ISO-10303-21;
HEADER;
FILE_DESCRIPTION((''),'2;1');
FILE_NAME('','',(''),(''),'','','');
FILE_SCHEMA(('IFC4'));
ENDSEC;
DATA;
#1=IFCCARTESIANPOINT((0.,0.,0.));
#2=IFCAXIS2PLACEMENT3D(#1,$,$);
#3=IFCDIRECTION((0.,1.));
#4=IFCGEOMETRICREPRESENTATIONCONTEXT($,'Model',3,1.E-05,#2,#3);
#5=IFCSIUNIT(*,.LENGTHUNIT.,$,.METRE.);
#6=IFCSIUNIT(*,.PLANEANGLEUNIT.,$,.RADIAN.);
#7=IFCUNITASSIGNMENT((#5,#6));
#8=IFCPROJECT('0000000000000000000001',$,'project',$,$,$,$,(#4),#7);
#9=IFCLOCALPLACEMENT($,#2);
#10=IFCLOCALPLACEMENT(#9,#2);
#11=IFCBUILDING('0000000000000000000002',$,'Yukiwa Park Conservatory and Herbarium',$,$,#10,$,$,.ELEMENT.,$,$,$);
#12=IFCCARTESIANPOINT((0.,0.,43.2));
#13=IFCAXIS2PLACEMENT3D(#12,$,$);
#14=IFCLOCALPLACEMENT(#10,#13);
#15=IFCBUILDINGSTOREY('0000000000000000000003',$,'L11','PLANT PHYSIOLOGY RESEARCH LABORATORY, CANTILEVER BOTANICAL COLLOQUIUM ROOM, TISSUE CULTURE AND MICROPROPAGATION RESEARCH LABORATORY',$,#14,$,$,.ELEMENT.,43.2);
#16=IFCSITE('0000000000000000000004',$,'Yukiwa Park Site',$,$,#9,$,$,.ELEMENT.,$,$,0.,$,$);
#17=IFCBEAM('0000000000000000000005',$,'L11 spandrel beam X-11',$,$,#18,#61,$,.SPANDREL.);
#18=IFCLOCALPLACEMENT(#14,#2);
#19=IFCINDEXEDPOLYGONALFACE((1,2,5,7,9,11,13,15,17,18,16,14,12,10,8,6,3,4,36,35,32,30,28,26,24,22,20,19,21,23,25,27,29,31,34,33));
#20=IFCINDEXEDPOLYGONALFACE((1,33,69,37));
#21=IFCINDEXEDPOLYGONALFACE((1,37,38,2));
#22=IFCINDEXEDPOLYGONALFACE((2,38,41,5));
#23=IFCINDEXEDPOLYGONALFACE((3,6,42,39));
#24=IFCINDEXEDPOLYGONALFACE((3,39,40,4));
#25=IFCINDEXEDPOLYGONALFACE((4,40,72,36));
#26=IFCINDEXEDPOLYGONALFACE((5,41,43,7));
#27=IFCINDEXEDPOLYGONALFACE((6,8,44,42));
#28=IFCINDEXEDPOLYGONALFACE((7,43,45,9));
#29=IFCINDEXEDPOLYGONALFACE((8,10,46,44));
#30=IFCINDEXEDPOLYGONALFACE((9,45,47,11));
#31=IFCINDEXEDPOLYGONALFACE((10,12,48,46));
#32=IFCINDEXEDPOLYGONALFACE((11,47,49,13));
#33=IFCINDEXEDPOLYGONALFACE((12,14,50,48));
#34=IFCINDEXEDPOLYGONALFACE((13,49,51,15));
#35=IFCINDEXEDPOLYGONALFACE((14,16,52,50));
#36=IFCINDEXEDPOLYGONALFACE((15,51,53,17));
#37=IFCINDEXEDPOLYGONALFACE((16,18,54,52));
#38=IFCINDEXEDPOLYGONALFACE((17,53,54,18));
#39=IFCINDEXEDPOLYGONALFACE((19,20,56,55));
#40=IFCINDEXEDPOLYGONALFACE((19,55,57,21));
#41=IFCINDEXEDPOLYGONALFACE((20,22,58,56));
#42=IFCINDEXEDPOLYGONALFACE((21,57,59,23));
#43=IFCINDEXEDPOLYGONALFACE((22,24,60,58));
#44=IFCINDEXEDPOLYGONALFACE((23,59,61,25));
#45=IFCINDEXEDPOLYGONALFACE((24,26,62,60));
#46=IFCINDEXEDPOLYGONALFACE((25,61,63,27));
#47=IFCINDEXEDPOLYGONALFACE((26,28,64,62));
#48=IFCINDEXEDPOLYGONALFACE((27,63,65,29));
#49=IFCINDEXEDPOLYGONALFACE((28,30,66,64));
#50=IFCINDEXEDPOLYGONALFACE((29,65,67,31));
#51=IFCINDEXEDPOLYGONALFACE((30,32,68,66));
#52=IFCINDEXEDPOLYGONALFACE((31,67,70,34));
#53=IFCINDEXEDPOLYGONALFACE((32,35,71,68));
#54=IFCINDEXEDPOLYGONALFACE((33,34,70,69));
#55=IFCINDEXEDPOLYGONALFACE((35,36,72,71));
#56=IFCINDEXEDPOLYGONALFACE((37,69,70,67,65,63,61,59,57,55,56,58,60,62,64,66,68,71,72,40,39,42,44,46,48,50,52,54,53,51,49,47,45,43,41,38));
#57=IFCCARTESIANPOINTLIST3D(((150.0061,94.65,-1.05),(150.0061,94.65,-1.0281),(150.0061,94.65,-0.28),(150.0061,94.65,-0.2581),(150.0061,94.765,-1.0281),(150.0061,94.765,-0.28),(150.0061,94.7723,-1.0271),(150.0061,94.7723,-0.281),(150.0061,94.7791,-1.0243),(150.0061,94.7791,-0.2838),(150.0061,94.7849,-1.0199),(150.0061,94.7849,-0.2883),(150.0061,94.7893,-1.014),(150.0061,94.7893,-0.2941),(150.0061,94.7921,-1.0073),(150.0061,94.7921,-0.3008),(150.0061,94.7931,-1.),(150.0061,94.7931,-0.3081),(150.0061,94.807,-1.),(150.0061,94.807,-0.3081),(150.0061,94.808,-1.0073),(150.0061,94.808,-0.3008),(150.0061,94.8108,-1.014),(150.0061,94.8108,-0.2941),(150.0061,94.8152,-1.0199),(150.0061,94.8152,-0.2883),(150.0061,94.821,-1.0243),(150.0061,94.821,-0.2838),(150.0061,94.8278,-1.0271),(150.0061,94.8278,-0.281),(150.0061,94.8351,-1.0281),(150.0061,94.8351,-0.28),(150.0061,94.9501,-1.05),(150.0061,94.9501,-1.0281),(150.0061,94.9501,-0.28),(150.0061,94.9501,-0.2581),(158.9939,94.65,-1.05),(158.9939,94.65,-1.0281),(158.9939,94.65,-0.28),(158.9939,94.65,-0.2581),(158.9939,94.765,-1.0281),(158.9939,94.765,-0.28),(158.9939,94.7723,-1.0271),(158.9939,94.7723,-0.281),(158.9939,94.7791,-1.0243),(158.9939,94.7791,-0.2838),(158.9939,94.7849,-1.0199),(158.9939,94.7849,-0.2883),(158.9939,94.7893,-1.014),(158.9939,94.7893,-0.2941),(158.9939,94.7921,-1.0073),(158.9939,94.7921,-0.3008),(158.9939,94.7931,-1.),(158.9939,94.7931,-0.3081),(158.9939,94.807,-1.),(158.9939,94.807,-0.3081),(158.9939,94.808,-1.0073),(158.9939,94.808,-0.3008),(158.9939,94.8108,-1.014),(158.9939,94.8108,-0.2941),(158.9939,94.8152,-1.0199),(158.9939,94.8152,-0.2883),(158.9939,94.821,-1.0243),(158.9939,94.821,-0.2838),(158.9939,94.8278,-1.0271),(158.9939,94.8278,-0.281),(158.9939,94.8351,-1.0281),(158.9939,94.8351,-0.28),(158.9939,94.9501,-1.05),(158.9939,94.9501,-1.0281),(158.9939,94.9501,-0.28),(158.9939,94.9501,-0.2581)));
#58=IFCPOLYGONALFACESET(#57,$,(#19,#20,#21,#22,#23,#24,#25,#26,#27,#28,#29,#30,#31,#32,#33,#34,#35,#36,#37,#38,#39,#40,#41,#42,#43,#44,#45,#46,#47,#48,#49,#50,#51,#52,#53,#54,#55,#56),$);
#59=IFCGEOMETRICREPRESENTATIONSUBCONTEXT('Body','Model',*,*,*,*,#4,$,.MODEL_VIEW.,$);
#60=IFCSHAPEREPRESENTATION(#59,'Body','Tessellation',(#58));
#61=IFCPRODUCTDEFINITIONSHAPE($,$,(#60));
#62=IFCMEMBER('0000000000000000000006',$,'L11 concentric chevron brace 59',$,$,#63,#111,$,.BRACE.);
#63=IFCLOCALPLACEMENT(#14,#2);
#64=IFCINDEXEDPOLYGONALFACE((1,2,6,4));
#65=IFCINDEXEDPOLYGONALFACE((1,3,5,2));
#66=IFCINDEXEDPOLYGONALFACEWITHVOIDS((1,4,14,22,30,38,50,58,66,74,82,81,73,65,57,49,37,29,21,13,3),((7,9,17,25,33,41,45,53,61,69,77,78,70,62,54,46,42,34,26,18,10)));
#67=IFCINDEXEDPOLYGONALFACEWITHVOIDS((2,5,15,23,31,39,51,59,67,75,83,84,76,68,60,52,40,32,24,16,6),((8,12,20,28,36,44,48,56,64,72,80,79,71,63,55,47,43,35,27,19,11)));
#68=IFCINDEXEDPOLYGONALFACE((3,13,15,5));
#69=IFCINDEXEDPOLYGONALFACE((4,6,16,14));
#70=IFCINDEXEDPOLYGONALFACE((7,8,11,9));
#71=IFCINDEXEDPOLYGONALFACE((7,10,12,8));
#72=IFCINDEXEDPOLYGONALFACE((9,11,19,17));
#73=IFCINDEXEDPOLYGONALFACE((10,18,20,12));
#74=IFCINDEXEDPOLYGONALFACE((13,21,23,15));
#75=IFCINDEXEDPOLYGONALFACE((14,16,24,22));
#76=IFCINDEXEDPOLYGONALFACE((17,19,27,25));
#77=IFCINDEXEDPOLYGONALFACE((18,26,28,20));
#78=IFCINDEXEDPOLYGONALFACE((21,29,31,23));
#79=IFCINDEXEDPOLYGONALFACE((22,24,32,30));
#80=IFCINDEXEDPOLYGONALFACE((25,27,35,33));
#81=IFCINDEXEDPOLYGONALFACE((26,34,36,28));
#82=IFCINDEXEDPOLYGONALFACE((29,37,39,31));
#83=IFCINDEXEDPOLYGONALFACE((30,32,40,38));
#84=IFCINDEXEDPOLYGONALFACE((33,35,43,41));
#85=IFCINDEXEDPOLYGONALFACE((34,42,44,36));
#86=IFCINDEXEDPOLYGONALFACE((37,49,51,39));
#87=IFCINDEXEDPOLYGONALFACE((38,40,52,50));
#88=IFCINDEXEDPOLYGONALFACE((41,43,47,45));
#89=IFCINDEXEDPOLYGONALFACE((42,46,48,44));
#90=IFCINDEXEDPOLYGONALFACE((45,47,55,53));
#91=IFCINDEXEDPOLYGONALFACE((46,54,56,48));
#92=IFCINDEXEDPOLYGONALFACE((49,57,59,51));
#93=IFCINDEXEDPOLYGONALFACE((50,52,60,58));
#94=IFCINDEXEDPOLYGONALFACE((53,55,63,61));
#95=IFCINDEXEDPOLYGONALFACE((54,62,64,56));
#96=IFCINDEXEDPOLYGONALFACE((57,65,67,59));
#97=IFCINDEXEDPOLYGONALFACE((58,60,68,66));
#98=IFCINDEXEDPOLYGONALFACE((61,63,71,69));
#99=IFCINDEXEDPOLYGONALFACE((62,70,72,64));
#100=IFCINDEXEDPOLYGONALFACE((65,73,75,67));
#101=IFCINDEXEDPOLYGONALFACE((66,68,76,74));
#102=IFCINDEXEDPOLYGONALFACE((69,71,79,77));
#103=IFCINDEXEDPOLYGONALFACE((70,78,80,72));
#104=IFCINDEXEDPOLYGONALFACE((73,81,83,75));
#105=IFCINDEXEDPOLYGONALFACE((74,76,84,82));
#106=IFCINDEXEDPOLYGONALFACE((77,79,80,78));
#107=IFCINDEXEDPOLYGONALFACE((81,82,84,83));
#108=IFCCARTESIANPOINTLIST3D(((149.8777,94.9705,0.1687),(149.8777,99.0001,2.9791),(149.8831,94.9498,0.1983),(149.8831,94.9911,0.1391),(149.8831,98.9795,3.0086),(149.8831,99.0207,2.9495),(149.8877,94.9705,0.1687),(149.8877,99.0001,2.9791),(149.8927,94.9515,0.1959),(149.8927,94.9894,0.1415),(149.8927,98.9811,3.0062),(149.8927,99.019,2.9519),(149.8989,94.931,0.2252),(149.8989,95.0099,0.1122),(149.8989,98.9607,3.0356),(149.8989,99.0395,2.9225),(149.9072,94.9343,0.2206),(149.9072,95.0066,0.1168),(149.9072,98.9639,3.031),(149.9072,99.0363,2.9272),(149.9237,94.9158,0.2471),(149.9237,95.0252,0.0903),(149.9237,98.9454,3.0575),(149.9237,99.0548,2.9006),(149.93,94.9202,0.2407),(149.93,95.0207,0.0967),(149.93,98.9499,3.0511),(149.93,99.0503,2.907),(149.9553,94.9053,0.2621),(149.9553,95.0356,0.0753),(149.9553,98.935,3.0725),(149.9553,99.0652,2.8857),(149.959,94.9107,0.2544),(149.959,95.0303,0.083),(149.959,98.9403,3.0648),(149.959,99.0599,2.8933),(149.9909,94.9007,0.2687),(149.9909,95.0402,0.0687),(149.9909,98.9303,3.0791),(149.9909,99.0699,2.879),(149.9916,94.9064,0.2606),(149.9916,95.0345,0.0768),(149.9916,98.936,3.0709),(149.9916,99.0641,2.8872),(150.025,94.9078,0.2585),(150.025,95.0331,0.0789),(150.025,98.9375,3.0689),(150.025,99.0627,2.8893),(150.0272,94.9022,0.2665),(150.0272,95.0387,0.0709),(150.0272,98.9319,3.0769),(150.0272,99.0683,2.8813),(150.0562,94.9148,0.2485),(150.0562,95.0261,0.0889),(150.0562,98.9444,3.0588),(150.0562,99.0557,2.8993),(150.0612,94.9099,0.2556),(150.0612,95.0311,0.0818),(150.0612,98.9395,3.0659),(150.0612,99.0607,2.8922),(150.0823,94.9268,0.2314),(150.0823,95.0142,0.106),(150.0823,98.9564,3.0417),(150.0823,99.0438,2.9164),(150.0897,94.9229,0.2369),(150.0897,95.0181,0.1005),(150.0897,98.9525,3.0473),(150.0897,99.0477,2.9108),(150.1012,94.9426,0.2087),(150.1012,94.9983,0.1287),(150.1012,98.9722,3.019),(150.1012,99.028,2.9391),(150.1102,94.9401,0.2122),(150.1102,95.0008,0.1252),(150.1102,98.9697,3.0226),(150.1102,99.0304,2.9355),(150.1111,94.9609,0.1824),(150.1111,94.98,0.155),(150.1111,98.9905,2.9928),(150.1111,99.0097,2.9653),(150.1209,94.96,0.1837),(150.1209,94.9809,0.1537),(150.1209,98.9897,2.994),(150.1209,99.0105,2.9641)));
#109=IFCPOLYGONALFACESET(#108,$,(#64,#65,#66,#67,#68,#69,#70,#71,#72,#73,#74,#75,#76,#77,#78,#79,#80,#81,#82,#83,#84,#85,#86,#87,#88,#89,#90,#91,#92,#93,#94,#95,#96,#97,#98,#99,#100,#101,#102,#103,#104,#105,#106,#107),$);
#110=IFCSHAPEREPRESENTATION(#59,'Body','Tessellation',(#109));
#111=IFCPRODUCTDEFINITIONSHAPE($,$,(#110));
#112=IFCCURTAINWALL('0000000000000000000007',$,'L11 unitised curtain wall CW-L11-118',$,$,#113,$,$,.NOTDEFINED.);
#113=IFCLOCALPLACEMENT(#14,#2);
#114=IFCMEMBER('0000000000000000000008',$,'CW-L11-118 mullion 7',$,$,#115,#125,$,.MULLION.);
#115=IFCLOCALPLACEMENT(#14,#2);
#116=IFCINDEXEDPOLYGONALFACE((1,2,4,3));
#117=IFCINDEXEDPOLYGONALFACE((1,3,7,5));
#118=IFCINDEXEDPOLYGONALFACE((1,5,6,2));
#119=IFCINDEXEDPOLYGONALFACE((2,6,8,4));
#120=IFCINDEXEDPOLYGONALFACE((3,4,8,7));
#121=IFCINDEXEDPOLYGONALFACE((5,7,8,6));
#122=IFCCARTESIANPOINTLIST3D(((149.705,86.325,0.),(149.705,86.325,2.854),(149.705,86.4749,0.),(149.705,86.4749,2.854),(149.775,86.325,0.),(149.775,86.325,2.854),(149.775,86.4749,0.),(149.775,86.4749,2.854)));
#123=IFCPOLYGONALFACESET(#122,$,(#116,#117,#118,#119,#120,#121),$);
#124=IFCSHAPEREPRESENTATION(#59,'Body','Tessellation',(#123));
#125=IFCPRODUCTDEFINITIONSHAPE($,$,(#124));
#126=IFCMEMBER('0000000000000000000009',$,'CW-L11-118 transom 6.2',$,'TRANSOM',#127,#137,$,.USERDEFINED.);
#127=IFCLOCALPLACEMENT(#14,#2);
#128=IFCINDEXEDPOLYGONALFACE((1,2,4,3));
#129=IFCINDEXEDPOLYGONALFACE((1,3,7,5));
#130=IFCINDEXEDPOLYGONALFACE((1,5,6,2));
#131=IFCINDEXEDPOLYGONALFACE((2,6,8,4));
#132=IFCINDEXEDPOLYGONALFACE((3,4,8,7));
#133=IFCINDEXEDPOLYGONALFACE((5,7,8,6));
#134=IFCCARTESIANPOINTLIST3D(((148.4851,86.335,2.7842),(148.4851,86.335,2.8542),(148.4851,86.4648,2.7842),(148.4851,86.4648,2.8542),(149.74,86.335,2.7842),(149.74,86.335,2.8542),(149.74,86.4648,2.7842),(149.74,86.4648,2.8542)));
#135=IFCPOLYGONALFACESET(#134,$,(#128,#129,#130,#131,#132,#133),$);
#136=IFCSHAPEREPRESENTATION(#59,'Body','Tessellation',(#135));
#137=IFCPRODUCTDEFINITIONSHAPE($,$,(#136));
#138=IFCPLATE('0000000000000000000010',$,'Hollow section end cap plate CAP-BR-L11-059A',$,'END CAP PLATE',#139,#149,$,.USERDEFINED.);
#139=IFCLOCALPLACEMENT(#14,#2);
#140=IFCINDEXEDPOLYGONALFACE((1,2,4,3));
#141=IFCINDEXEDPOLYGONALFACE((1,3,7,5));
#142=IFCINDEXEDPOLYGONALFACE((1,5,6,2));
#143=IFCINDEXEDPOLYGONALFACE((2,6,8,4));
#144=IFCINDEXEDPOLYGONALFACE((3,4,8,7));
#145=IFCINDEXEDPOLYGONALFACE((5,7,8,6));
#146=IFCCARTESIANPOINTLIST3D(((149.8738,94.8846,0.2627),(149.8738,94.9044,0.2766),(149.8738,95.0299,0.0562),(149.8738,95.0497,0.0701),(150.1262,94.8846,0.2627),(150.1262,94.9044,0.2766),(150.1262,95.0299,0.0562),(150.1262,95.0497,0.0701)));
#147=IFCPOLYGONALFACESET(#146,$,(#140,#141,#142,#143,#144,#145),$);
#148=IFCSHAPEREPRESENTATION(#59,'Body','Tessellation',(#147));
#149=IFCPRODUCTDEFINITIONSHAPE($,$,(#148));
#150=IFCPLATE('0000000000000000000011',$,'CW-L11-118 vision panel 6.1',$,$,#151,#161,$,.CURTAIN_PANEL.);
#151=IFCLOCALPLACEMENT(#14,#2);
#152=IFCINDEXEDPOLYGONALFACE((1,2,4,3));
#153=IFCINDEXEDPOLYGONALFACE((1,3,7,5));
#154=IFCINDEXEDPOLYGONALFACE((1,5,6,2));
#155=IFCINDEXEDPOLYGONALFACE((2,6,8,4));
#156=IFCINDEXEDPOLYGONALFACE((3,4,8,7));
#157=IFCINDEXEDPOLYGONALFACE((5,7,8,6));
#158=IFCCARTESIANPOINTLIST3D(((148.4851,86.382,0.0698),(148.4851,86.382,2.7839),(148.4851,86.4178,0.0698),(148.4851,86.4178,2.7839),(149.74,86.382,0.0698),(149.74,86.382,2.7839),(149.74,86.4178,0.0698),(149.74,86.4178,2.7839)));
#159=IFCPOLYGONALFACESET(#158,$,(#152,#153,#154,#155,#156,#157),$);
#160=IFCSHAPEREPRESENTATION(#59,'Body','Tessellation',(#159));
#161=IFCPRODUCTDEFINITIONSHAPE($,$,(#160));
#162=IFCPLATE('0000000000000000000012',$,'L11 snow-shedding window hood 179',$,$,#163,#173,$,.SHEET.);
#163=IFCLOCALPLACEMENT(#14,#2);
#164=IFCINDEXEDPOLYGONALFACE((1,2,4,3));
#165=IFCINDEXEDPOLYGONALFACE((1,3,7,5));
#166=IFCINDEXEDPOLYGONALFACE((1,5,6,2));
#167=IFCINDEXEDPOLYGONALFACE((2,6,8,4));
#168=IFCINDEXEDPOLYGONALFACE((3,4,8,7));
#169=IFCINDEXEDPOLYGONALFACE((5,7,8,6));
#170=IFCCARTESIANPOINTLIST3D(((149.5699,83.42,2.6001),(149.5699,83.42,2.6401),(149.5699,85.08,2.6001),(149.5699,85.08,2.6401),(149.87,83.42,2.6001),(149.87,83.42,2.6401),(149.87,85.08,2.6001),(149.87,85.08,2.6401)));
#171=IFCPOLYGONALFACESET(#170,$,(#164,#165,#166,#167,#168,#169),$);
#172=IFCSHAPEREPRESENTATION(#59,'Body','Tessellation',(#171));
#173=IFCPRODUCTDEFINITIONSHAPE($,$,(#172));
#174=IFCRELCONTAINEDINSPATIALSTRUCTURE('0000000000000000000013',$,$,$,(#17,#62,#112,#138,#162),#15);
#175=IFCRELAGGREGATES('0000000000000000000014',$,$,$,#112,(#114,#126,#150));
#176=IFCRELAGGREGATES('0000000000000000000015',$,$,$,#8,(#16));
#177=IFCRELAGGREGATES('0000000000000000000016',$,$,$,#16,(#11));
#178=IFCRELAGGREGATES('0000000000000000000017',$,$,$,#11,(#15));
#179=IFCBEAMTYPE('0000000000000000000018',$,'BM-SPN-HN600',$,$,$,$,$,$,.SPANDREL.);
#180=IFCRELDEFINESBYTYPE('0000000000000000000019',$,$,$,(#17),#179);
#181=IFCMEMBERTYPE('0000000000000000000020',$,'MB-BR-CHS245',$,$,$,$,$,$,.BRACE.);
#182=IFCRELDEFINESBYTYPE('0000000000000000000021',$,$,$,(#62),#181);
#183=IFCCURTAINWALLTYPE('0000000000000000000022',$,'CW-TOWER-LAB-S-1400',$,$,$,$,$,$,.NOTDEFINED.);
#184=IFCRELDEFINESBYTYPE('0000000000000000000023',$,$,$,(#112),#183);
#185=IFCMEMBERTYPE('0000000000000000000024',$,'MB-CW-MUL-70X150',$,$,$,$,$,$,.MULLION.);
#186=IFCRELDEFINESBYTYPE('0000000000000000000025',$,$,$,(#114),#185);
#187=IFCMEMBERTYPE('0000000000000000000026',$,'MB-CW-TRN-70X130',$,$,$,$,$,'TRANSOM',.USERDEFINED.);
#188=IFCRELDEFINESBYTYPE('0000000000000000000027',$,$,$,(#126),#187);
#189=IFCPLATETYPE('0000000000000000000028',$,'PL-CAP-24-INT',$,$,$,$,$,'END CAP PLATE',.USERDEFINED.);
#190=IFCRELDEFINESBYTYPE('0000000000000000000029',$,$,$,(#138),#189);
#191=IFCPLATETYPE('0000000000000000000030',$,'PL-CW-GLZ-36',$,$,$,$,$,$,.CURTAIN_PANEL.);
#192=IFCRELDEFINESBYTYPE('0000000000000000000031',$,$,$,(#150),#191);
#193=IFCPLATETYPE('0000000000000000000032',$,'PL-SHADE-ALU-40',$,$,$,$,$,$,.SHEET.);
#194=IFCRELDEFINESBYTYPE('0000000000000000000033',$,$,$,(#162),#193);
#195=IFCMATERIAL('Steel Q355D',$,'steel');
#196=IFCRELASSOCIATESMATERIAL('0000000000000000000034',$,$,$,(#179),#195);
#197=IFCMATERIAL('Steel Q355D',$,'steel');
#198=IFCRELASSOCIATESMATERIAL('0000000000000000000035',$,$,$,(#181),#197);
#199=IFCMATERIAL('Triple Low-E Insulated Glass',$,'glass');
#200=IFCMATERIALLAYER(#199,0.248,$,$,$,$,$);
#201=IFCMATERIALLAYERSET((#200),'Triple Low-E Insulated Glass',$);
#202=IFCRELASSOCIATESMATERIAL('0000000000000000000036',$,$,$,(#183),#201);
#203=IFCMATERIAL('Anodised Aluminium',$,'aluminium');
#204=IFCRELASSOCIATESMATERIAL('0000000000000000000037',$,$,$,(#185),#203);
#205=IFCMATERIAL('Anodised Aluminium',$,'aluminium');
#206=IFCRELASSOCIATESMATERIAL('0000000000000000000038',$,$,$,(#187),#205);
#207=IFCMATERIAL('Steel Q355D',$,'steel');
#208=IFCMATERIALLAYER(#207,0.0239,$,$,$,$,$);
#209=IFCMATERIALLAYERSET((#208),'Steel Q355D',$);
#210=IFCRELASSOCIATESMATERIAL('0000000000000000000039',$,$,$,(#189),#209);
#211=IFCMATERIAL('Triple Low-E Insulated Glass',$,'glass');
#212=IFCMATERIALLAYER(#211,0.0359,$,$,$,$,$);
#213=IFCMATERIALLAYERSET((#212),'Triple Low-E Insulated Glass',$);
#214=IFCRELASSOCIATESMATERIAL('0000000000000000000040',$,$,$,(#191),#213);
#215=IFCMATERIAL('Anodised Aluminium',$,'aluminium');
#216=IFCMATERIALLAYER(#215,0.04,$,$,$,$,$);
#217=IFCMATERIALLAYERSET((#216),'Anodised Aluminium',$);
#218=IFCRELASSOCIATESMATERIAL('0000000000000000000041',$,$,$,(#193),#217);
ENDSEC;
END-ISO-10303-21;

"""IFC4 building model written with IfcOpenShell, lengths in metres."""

from ifc_helpers import new_model, si_unit, direction, frame, origin, origin_2d, place, context, subcontext, project, spatial, rectangle, hollow_circle, i_section, extrude, material, layer, layer_set, material_profile, profile_set, type_object, element, aggregate, save


model = new_model("IFC4")

# Units and contexts
model_context = context("Model", 3, precision=1e-05, world=origin(), true_north=direction((0.0, 1.0)))
body_context = subcontext(model_context, "Body", "Model", "MODEL_VIEW")
ifc_project = project(units=[si_unit("LENGTHUNIT", "METRE"), si_unit("PLANEANGLEUNIT", "RADIAN")], contexts=[model_context])

# Site, building, storey
site_placement = place(None, origin())
site = spatial("IfcSite", under=ifc_project, at=site_placement, Name="Yukiwa Park Site", CompositionType="ELEMENT", RefElevation=0.0)
building_placement = place(site_placement, origin())
building = spatial("IfcBuilding", under=site, at=building_placement, Name="Yukiwa Park Conservatory and Herbarium", CompositionType="ELEMENT")
storey_placement = place(building_placement, frame((0.0, 0.0, 43.2)))
storey = spatial("IfcBuildingStorey", under=building, at=storey_placement, Name="L11", Description="PLANT PHYSIOLOGY RESEARCH LABORATORY, CANTILEVER BOTANICAL COLLOQUIUM ROOM, TISSUE CULTURE AND MICROPROPAGATION RESEARCH LABORATORY", CompositionType="ELEMENT", Elevation=43.2)

# Beam
ifc_material_1 = material(Name="Steel Q355D", Category="steel")
ifc_material_profile_1 = material_profile(ifc_material_1, i_section(OverallWidth=0.3, OverallDepth=0.792, WebThickness=0.0139, FlangeThickness=0.022, FilletRadius=0.0281, at=origin_2d()), Name="HN 792x300x14x22")
ifc_profile_set_1 = profile_set([ifc_material_profile_1], Name="Steel Q355D")
beam_type_1 = type_object("IfcBeamType", Name="BM-SPN-HN600", PredefinedType="SPANDREL", material=ifc_profile_set_1)
for number, where, z_axis, x_axis, name in (
    (1, (150.0061, 94.8, -0.6541), (1.0, 0.0, 0.0), (0.0, 1.0, 0.0), "L11 spandrel beam X-11"),
):
    element("IfcBeam", number, at=place(storey_placement, frame(where, z_axis=z_axis, x_axis=x_axis)), inside=storey, type_object=beam_type_1, Name=name, PredefinedType="SPANDREL", context=body_context, shape_type="SweptSolid", body=[
        extrude(i_section(OverallWidth=0.3, OverallDepth=0.792, WebThickness=0.0139, FlangeThickness=0.022, FilletRadius=0.0281, at=origin_2d()), origin(), (0.0, 0.0, 1.0), 8.9878),
    ])

# Member
ifc_material_2 = material(Name="Steel Q355D", Category="steel")
ifc_material_profile_2 = material_profile(ifc_material_2, hollow_circle(Radius=0.1223, WallThickness=0.01, at=origin_2d()), Name="CHS 244.5x10")
ifc_profile_set_2 = profile_set([ifc_material_profile_2], Name="Steel Q355D")
member_type_1 = type_object("IfcMemberType", Name="MB-BR-CHS245", PredefinedType="BRACE", material=ifc_profile_set_2)
member_1_placement = place(storey_placement, frame((150.0, 94.9705, 0.1687), z_axis=(0.0, 0.820223, 0.572044), x_axis=(-1.0, 0.0, 0.0)))
element("IfcMember", 2, at=member_1_placement, inside=storey, type_object=member_type_1, Name="L11 concentric chevron brace 59", PredefinedType="BRACE", context=body_context, shape_type="SweptSolid", body=[
    extrude(hollow_circle(Radius=0.1223, WallThickness=0.01, at=origin_2d()), origin(), (0.0, 0.0, 1.0), 4.9128),
])

# Curtain wall, members
ifc_material_3 = material(Name="Triple Low-E Insulated Glass", Category="glass")
ifc_layer_1 = layer(ifc_material_3, 0.248)
ifc_layer_set_1 = layer_set([ifc_layer_1], Name="Triple Low-E Insulated Glass")
curtain_wall_type = type_object("IfcCurtainWallType", Name="CW-TOWER-LAB-S-1400", PredefinedType="NOTDEFINED", material=ifc_layer_set_1)
curtain_wall_placement = place(storey_placement, origin())
curtain_wall = element("IfcCurtainWall", 3, at=curtain_wall_placement, inside=storey, type_object=curtain_wall_type, Name="L11 unitised curtain wall CW-L11-118", PredefinedType="NOTDEFINED")
ifc_material_4 = material(Name="Anodised Aluminium", Category="aluminium")
member_type_2 = type_object("IfcMemberType", Name="MB-CW-MUL-70X150", PredefinedType="MULLION", material=ifc_material_4)
member_2_placement = place(storey_placement, frame((149.74, 86.3999, 0.0), z_axis=(0.0, 0.0, 1.0), x_axis=(1.0, 0.0, 0.0)))
member_2 = element("IfcMember", 4, at=member_2_placement, type_object=member_type_2, Name="CW-L11-118 mullion 7", PredefinedType="MULLION", context=body_context, shape_type="SweptSolid", body=[
    extrude(rectangle(XDim=0.0701, YDim=0.1499, at=origin_2d()), origin(), (0.0, 0.0, 1.0), 2.854),
])
ifc_material_5 = material(Name="Anodised Aluminium", Category="aluminium")
member_type_3 = type_object("IfcMemberType", Name="MB-CW-TRN-70X130", ElementType="TRANSOM", PredefinedType="USERDEFINED", material=ifc_material_5)
member_3_placement = place(storey_placement, frame((149.1125, 86.3999, 2.7842), z_axis=(0.0, 0.0, 1.0), x_axis=(1.0, 0.0, 0.0)))
member_3 = element("IfcMember", 5, at=member_3_placement, type_object=member_type_3, Name="CW-L11-118 transom 6.2", ObjectType="TRANSOM", PredefinedType="USERDEFINED", context=body_context, shape_type="SweptSolid", body=[
    extrude(rectangle(XDim=1.2549, YDim=0.1299, at=origin_2d()), origin(), (0.0, 0.0, 1.0), 0.0701),
])

# Plates
ifc_material_6 = material(Name="Steel Q355D", Category="steel")
ifc_layer_2 = layer(ifc_material_6, 0.0239)
ifc_layer_set_2 = layer_set([ifc_layer_2], Name="Steel Q355D")
plate_type_1 = type_object("IfcPlateType", Name="PL-CAP-24-INT", ElementType="END CAP PLATE", PredefinedType="USERDEFINED", material=ifc_layer_set_2)
plate_1_placement = place(storey_placement, frame((150.0, 94.9771, 0.1733), z_axis=(0.0, -0.817806, -0.575493), x_axis=(1.0, 0.0, 0.0)))
element("IfcPlate", 6, at=plate_1_placement, inside=storey, type_object=plate_type_1, Name="Hollow section end cap plate CAP-BR-L11-059A", ObjectType="END CAP PLATE", PredefinedType="USERDEFINED", context=body_context, shape_type="SweptSolid", body=[
    extrude(rectangle(XDim=0.2524, YDim=0.2524, at=origin_2d()), origin(), (0.0, 0.0, 1.0), 0.0242),
])
ifc_material_7 = material(Name="Triple Low-E Insulated Glass", Category="glass")
ifc_layer_3 = layer(ifc_material_7, 0.0359)
ifc_layer_set_3 = layer_set([ifc_layer_3], Name="Triple Low-E Insulated Glass")
plate_type_2 = type_object("IfcPlateType", Name="PL-CW-GLZ-36", PredefinedType="CURTAIN_PANEL", material=ifc_layer_set_3)
plate_2_placement = place(storey_placement, frame((149.1125, 86.3999, 0.0698), z_axis=(0.0, 0.0, 1.0), x_axis=(1.0, 0.0, 0.0)))
plate_2 = element("IfcPlate", 7, at=plate_2_placement, type_object=plate_type_2, Name="CW-L11-118 vision panel 6.1", PredefinedType="CURTAIN_PANEL", context=body_context, shape_type="SweptSolid", body=[
    extrude(rectangle(XDim=1.2549, YDim=0.0359, at=origin_2d()), origin(), (0.0, 0.0, 1.0), 2.7141),
])
aggregate(curtain_wall, [member_2, member_3, plate_2])
ifc_material_8 = material(Name="Anodised Aluminium", Category="aluminium")
ifc_layer_4 = layer(ifc_material_8, 0.04)
ifc_layer_set_4 = layer_set([ifc_layer_4], Name="Anodised Aluminium")
plate_type_3 = type_object("IfcPlateType", Name="PL-SHADE-ALU-40", PredefinedType="SHEET", material=ifc_layer_set_4)
plate_3_placement = place(storey_placement, frame((149.72, 84.25, 2.6001), z_axis=(0.0, 0.0, 1.0), x_axis=(0.0, -1.0, 0.0)))
element("IfcPlate", 8, at=plate_3_placement, inside=storey, type_object=plate_type_3, Name="L11 snow-shedding window hood 179", PredefinedType="SHEET", context=body_context, shape_type="SweptSolid", body=[
    extrude(rectangle(XDim=1.6599, YDim=0.3, at=origin_2d()), origin(), (0.0, 0.0, 1.0), 0.04),
])

save(model, "model.ifc")
